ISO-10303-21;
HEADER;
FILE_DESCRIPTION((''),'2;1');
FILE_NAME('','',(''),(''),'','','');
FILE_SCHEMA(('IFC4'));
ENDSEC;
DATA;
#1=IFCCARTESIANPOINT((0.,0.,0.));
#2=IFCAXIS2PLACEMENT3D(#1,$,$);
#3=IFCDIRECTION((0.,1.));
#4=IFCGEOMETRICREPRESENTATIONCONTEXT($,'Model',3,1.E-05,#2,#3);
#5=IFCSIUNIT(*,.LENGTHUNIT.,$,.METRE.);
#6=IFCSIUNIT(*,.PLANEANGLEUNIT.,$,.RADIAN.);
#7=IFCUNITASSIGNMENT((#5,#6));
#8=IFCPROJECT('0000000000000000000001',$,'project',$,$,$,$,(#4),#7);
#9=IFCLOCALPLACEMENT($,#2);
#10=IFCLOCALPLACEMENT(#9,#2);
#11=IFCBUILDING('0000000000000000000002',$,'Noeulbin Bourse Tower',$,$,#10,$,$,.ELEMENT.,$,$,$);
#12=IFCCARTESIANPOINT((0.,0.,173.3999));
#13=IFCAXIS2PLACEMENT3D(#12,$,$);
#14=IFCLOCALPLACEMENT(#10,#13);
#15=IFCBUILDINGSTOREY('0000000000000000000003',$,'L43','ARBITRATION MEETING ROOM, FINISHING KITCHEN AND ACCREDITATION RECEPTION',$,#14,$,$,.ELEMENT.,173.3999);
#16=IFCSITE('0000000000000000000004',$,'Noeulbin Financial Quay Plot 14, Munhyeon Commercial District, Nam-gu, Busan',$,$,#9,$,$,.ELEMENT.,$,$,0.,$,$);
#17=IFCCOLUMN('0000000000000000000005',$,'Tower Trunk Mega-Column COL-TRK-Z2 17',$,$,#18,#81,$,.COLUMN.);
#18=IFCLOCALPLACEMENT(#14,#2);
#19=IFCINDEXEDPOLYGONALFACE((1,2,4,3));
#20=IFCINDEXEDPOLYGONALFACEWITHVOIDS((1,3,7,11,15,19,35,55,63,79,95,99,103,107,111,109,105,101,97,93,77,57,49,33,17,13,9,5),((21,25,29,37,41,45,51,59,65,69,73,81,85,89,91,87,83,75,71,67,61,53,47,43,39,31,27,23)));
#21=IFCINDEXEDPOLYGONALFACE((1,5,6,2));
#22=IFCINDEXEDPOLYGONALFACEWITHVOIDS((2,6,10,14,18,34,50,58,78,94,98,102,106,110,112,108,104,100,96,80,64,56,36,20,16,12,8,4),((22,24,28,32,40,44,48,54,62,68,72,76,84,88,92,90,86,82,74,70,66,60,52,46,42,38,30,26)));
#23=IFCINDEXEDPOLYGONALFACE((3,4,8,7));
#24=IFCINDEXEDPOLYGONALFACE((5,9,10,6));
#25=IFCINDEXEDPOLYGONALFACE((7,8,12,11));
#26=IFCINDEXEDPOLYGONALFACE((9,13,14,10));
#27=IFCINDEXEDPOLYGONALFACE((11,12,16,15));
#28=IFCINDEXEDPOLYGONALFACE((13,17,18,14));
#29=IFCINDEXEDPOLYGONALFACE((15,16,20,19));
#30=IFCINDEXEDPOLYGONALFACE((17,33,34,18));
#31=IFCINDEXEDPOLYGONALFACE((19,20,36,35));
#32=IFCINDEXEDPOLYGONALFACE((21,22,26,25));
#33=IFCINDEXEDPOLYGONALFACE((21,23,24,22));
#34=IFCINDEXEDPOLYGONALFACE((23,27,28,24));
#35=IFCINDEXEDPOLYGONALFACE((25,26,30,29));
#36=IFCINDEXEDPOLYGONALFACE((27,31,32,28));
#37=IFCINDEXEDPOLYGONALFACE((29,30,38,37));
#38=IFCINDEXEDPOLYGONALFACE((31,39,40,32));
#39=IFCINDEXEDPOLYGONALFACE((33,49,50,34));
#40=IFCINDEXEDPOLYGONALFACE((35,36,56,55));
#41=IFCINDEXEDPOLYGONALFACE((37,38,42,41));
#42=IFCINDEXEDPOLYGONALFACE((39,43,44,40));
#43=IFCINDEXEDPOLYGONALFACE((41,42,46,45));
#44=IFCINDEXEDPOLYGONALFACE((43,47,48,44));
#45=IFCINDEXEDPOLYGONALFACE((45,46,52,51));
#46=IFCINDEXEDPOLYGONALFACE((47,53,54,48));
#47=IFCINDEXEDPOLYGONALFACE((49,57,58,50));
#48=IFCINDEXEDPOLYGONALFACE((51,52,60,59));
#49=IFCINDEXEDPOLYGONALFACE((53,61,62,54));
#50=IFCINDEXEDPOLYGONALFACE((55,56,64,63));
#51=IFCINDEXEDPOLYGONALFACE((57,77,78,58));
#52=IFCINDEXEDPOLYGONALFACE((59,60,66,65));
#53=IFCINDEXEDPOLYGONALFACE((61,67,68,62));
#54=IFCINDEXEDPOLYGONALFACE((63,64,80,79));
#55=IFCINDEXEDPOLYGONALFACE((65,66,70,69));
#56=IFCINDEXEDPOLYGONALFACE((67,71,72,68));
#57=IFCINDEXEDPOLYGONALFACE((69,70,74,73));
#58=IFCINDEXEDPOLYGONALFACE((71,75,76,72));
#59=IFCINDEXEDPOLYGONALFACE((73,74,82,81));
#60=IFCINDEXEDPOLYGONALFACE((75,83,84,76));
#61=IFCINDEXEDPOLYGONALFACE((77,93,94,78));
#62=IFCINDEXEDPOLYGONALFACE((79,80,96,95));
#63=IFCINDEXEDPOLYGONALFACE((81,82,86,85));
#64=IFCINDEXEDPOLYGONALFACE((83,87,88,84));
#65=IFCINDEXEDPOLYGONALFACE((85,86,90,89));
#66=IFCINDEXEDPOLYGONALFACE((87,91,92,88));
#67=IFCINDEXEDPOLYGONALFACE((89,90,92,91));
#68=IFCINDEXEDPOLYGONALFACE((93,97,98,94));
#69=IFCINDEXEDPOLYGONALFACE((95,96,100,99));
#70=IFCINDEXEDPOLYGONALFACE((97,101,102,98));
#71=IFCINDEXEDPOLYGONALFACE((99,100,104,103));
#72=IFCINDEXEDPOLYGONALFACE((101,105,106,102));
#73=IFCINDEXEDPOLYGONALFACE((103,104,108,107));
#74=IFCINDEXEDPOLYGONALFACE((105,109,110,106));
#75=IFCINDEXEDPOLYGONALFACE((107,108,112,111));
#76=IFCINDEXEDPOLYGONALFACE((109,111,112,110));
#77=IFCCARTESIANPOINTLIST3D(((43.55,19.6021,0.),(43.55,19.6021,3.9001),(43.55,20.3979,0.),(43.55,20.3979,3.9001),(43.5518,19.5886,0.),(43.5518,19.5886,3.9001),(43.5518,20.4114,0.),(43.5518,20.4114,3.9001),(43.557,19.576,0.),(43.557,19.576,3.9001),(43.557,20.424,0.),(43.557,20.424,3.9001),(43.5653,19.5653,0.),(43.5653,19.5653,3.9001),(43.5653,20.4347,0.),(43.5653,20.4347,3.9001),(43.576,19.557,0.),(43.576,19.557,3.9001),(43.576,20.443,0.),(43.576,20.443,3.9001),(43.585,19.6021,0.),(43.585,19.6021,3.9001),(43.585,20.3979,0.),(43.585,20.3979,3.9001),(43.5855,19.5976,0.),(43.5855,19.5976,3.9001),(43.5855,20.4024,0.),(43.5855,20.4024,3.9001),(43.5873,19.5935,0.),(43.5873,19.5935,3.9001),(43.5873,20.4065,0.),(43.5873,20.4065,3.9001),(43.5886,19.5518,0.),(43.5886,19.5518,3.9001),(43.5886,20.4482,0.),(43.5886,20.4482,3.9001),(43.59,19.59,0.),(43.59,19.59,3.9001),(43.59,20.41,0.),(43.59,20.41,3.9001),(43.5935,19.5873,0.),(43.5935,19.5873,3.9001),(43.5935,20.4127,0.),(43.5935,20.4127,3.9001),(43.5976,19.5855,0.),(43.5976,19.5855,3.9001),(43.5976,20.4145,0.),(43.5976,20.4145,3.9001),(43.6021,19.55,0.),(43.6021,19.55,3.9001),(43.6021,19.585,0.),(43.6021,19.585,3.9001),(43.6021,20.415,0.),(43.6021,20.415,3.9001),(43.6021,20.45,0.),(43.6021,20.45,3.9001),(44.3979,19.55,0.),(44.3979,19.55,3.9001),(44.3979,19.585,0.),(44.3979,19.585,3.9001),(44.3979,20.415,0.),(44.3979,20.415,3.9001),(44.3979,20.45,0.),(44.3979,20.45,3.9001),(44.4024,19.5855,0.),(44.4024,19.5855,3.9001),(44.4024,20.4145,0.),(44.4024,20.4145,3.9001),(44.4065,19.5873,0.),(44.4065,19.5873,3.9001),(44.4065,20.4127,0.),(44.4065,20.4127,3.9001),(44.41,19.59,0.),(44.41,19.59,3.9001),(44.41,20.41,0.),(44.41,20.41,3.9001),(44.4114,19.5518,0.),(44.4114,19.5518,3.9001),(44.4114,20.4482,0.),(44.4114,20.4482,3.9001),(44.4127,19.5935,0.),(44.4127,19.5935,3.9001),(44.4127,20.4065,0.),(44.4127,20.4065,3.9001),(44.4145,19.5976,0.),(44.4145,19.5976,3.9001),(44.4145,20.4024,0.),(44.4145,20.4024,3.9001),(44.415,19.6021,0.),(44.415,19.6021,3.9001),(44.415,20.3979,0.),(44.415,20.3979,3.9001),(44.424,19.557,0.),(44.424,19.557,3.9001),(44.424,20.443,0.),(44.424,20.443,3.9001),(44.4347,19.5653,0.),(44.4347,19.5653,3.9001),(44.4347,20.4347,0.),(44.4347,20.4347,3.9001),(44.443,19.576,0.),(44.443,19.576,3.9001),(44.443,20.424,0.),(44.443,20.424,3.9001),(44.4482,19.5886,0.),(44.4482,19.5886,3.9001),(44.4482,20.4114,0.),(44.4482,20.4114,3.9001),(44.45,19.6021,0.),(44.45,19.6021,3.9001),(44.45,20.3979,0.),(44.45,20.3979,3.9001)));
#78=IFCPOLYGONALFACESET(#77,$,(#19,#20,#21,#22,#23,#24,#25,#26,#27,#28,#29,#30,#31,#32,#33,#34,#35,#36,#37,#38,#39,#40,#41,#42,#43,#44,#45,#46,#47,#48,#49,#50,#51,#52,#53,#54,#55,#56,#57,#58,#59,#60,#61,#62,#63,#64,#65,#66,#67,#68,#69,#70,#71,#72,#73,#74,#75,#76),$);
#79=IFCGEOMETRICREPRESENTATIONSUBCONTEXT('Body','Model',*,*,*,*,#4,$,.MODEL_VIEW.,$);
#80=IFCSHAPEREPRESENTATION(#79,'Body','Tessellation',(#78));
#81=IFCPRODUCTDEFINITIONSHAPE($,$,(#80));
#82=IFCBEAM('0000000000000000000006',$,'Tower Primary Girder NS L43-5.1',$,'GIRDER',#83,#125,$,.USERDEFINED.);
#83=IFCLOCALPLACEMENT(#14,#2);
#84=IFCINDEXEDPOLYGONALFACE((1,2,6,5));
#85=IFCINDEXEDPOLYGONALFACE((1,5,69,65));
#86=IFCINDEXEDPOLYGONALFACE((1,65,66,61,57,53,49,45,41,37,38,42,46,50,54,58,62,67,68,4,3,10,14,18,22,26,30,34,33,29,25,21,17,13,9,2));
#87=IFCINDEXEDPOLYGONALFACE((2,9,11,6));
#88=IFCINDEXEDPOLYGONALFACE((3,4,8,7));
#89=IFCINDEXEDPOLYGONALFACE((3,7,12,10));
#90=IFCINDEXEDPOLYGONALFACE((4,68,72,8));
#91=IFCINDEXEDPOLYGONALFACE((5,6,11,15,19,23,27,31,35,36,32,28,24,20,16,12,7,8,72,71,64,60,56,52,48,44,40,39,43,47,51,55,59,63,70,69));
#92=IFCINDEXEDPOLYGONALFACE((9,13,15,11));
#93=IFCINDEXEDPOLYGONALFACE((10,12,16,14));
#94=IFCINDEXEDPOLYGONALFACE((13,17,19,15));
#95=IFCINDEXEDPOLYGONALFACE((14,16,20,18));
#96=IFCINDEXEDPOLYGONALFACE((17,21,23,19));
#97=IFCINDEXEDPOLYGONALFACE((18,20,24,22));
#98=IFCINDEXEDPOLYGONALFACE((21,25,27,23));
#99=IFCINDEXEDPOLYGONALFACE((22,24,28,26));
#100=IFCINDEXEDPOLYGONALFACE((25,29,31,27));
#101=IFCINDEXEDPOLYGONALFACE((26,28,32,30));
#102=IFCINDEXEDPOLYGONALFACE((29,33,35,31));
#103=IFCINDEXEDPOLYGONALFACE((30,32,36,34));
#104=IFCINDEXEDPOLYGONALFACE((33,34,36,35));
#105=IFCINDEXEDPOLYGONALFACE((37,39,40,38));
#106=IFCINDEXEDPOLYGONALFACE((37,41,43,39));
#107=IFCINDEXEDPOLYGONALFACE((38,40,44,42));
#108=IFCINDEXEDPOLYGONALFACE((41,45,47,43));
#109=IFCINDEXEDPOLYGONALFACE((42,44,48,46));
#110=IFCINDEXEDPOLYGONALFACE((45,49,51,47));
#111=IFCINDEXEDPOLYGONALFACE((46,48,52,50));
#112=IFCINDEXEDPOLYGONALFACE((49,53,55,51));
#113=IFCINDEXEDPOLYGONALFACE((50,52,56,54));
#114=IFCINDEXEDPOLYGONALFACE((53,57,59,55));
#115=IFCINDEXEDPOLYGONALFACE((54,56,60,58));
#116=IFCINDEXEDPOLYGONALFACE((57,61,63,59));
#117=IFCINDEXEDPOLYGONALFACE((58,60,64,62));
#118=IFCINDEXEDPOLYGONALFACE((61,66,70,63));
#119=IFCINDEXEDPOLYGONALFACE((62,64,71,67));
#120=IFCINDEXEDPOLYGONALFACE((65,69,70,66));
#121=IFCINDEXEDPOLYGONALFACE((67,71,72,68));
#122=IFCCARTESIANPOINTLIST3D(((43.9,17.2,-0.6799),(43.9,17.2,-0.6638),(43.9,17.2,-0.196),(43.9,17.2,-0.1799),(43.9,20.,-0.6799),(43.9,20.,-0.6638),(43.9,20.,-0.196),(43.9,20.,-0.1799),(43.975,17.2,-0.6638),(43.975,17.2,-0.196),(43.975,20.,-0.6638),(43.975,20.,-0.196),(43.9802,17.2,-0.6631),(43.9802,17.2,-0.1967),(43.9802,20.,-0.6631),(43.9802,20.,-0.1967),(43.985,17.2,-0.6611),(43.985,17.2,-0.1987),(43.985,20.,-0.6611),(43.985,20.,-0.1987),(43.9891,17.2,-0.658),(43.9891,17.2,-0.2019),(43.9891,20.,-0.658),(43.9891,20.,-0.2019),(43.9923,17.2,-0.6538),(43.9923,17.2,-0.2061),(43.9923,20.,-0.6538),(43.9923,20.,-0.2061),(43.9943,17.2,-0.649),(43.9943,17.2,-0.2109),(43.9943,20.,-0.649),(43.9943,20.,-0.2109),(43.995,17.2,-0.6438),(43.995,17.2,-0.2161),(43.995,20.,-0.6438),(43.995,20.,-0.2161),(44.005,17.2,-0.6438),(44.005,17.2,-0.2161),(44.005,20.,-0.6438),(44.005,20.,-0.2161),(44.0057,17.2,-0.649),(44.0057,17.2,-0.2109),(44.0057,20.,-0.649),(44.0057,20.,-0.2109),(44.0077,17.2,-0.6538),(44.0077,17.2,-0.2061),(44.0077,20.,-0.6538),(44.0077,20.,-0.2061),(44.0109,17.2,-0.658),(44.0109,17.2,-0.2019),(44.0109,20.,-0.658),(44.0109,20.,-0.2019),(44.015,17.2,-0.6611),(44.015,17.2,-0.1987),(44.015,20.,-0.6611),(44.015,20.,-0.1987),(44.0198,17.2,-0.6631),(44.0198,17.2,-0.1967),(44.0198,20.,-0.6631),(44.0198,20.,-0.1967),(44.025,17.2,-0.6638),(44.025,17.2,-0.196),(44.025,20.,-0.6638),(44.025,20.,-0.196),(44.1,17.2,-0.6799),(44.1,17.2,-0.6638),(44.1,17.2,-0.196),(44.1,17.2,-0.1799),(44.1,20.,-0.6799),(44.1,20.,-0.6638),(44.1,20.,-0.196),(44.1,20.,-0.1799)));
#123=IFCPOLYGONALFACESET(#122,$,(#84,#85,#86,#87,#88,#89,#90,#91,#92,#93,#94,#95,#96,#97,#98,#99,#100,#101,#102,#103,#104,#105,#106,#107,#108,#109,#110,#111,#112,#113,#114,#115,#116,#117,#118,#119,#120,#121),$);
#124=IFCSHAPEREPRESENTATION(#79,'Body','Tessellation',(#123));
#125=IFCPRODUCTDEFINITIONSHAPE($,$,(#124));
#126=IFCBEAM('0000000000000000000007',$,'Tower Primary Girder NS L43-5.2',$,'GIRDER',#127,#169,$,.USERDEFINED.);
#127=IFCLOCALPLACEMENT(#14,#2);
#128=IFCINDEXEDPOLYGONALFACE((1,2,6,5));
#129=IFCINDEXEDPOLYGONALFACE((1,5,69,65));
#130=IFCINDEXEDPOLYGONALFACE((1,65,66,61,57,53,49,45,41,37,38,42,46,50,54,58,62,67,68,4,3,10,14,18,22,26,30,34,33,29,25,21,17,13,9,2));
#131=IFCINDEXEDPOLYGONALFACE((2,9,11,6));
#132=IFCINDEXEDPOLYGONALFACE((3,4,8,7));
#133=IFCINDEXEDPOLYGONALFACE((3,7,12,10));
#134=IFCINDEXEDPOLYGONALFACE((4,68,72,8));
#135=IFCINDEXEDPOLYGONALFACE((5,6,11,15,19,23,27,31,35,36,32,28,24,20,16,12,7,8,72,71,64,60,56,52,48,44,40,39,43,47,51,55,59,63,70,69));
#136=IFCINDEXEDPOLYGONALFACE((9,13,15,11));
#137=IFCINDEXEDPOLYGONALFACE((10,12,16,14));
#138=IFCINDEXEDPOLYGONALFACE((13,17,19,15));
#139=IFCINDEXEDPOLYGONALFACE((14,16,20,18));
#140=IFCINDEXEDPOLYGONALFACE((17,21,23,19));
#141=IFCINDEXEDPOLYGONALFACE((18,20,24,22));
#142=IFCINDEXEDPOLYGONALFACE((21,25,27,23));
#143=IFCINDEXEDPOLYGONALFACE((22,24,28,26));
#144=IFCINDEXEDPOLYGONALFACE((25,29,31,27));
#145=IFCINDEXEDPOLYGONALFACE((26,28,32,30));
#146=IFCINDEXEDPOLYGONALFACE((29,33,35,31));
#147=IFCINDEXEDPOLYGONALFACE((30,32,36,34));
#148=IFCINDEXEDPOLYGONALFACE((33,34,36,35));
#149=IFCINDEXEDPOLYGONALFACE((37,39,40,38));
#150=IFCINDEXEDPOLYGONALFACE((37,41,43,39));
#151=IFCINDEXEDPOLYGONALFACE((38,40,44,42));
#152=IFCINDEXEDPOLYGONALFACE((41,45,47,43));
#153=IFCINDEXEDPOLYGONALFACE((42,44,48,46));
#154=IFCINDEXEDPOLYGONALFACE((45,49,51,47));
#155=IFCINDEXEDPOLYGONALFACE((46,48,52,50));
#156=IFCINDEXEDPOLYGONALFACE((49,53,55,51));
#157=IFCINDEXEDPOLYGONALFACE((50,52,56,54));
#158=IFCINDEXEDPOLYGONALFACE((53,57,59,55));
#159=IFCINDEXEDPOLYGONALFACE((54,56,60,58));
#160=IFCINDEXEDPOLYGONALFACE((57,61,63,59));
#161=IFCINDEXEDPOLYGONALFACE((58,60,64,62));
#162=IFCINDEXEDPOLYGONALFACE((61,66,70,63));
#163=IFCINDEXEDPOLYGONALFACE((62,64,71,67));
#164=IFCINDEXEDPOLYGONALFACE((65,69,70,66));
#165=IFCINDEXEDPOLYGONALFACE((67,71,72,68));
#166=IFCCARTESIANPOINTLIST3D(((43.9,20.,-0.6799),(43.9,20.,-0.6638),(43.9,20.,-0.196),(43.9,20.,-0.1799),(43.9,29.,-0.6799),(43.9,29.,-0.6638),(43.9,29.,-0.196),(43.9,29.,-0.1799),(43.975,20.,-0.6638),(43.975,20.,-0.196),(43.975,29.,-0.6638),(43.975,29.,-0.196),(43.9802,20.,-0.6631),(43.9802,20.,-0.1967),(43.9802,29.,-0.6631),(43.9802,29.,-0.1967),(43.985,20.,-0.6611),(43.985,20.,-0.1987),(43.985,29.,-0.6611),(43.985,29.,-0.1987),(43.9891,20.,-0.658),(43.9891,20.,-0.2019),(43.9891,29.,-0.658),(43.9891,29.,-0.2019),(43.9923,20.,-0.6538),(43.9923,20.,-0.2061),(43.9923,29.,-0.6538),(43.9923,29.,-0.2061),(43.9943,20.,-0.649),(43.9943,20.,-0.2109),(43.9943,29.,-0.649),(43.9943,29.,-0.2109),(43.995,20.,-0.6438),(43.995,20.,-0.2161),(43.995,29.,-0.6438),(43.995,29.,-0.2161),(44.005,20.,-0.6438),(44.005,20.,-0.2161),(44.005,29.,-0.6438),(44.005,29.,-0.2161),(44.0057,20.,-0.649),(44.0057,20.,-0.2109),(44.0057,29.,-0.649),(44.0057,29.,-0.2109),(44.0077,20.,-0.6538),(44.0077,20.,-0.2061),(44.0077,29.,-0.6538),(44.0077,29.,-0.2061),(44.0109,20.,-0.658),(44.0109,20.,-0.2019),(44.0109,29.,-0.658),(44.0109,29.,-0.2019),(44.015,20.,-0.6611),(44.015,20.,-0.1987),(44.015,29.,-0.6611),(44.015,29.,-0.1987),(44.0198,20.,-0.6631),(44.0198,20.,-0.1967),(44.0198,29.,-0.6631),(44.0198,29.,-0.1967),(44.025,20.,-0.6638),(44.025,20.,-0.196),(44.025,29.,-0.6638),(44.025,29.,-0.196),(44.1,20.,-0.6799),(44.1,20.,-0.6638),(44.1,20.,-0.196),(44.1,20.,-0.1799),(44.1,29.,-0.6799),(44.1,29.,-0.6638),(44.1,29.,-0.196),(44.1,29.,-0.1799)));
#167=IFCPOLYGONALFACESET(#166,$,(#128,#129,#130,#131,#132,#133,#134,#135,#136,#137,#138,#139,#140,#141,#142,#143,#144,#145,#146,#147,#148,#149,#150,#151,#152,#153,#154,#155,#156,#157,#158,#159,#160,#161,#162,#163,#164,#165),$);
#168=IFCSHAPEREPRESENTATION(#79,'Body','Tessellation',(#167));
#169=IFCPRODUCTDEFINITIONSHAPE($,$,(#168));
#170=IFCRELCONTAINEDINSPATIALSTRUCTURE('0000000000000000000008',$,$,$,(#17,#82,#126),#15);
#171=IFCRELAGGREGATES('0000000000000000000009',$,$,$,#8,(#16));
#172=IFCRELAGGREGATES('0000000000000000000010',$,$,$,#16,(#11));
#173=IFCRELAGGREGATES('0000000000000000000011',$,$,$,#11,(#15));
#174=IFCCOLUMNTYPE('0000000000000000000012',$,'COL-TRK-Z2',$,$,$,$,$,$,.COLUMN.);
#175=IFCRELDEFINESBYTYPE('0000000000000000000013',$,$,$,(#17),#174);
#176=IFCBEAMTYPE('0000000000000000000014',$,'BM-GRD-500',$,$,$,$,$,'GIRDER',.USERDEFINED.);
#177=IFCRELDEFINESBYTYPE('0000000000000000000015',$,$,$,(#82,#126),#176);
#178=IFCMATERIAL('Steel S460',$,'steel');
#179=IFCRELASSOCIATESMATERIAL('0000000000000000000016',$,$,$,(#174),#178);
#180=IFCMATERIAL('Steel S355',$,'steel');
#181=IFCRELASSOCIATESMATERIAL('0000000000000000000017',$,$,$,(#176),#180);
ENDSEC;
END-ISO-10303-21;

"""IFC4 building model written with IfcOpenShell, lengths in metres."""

from ifc_helpers import new_model, si_unit, direction, frame, origin, origin_2d, place, context, subcontext, project, spatial, hollow_rectangle, i_section, extrude, material, material_profile, profile_set, type_object, element, save


model = new_model("IFC4")

# Units and contexts
model_context = context("Model", 3, precision=1e-05, world=origin(), true_north=direction((0.0, 1.0)))
body_context = subcontext(model_context, "Body", "Model", "MODEL_VIEW")
ifc_project = project(units=[si_unit("LENGTHUNIT", "METRE"), si_unit("PLANEANGLEUNIT", "RADIAN")], contexts=[model_context])

# Site, building, storey
site_placement = place(None, origin())
site = spatial("IfcSite", under=ifc_project, at=site_placement, Name="Noeulbin Financial Quay Plot 14, Munhyeon Commercial District, Nam-gu, Busan", CompositionType="ELEMENT", RefElevation=0.0)
building_placement = place(site_placement, origin())
building = spatial("IfcBuilding", under=site, at=building_placement, Name="Noeulbin Bourse Tower", CompositionType="ELEMENT")
storey_placement = place(building_placement, frame((0.0, 0.0, 173.3999)))
storey = spatial("IfcBuildingStorey", under=building, at=storey_placement, Name="L43", Description="ARBITRATION MEETING ROOM, FINISHING KITCHEN AND ACCREDITATION RECEPTION", CompositionType="ELEMENT", Elevation=173.3999)

# Column
ifc_material_1 = material(Name="Steel S355", Category="steel")
ifc_material_2 = material(Name="Steel S460", Category="steel")
ifc_material_profile_1 = material_profile(ifc_material_2, hollow_rectangle(XDim=0.8999, YDim=0.8999, WallThickness=0.0349, InnerFilletRadius=0.0171, OuterFilletRadius=0.052, at=origin_2d()), Name="BOX-900x900x35", Category="LoadBearing")
ifc_profile_set_1 = profile_set([ifc_material_profile_1], Name="Steel S460")
column_type_1 = type_object("IfcColumnType", Name="COL-TRK-Z2", PredefinedType="COLUMN", material=ifc_profile_set_1)
for number, where, z_axis, x_axis, name in (
    (1, (44.0, 20.0, 0.0), (0.0, 0.0, 1.0), (1.0, 0.0, 0.0), "Tower Trunk Mega-Column COL-TRK-Z2 17"),
):
    element("IfcColumn", number, at=place(storey_placement, frame(where, z_axis=z_axis, x_axis=x_axis)), inside=storey, type_object=column_type_1, Name=name, PredefinedType="COLUMN", context=body_context, shape_type="SweptSolid", body=[
        extrude(hollow_rectangle(XDim=0.8999, YDim=0.8999, WallThickness=0.0349, InnerFilletRadius=0.0171, OuterFilletRadius=0.052, at=origin_2d()), origin(), (0.0, 0.0, 1.0), 3.9001),
    ])

# Beams
ifc_material_profile_2 = material_profile(ifc_material_1, i_section(OverallWidth=0.2, OverallDepth=0.5, WebThickness=0.01, FlangeThickness=0.0161, FilletRadius=0.02, at=origin_2d()), Name="H-500x200x10x16", Category="LoadBearing")
ifc_profile_set_2 = profile_set([ifc_material_profile_2], Name="Steel S355")
beam_type_1 = type_object("IfcBeamType", Name="BM-GRD-500", ElementType="GIRDER", PredefinedType="USERDEFINED", material=ifc_profile_set_2)
beam_1_placement = place(storey_placement, frame((44.0, 17.2, -0.4299), z_axis=(0.0, 1.0, 0.0), x_axis=(-1.0, 0.0, 0.0)))
element("IfcBeam", 2, at=beam_1_placement, inside=storey, type_object=beam_type_1, Name="Tower Primary Girder NS L43-5.1", ObjectType="GIRDER", PredefinedType="USERDEFINED", context=body_context, shape_type="SweptSolid", body=[
    extrude(i_section(OverallWidth=0.2, OverallDepth=0.5, WebThickness=0.01, FlangeThickness=0.0161, FilletRadius=0.02, at=origin_2d()), origin(), (0.0, 0.0, 1.0), 2.8),
])
beam_2_placement = place(storey_placement, frame((44.0, 20.0, -0.4299), z_axis=(0.0, 1.0, 0.0), x_axis=(-1.0, 0.0, 0.0)))
element("IfcBeam", 3, at=beam_2_placement, inside=storey, type_object=beam_type_1, Name="Tower Primary Girder NS L43-5.2", ObjectType="GIRDER", PredefinedType="USERDEFINED", context=body_context, shape_type="SweptSolid", body=[
    extrude(i_section(OverallWidth=0.2, OverallDepth=0.5, WebThickness=0.01, FlangeThickness=0.0161, FilletRadius=0.02, at=origin_2d()), origin(), (0.0, 0.0, 1.0), 9.0),
])

save(model, "model.ifc")
